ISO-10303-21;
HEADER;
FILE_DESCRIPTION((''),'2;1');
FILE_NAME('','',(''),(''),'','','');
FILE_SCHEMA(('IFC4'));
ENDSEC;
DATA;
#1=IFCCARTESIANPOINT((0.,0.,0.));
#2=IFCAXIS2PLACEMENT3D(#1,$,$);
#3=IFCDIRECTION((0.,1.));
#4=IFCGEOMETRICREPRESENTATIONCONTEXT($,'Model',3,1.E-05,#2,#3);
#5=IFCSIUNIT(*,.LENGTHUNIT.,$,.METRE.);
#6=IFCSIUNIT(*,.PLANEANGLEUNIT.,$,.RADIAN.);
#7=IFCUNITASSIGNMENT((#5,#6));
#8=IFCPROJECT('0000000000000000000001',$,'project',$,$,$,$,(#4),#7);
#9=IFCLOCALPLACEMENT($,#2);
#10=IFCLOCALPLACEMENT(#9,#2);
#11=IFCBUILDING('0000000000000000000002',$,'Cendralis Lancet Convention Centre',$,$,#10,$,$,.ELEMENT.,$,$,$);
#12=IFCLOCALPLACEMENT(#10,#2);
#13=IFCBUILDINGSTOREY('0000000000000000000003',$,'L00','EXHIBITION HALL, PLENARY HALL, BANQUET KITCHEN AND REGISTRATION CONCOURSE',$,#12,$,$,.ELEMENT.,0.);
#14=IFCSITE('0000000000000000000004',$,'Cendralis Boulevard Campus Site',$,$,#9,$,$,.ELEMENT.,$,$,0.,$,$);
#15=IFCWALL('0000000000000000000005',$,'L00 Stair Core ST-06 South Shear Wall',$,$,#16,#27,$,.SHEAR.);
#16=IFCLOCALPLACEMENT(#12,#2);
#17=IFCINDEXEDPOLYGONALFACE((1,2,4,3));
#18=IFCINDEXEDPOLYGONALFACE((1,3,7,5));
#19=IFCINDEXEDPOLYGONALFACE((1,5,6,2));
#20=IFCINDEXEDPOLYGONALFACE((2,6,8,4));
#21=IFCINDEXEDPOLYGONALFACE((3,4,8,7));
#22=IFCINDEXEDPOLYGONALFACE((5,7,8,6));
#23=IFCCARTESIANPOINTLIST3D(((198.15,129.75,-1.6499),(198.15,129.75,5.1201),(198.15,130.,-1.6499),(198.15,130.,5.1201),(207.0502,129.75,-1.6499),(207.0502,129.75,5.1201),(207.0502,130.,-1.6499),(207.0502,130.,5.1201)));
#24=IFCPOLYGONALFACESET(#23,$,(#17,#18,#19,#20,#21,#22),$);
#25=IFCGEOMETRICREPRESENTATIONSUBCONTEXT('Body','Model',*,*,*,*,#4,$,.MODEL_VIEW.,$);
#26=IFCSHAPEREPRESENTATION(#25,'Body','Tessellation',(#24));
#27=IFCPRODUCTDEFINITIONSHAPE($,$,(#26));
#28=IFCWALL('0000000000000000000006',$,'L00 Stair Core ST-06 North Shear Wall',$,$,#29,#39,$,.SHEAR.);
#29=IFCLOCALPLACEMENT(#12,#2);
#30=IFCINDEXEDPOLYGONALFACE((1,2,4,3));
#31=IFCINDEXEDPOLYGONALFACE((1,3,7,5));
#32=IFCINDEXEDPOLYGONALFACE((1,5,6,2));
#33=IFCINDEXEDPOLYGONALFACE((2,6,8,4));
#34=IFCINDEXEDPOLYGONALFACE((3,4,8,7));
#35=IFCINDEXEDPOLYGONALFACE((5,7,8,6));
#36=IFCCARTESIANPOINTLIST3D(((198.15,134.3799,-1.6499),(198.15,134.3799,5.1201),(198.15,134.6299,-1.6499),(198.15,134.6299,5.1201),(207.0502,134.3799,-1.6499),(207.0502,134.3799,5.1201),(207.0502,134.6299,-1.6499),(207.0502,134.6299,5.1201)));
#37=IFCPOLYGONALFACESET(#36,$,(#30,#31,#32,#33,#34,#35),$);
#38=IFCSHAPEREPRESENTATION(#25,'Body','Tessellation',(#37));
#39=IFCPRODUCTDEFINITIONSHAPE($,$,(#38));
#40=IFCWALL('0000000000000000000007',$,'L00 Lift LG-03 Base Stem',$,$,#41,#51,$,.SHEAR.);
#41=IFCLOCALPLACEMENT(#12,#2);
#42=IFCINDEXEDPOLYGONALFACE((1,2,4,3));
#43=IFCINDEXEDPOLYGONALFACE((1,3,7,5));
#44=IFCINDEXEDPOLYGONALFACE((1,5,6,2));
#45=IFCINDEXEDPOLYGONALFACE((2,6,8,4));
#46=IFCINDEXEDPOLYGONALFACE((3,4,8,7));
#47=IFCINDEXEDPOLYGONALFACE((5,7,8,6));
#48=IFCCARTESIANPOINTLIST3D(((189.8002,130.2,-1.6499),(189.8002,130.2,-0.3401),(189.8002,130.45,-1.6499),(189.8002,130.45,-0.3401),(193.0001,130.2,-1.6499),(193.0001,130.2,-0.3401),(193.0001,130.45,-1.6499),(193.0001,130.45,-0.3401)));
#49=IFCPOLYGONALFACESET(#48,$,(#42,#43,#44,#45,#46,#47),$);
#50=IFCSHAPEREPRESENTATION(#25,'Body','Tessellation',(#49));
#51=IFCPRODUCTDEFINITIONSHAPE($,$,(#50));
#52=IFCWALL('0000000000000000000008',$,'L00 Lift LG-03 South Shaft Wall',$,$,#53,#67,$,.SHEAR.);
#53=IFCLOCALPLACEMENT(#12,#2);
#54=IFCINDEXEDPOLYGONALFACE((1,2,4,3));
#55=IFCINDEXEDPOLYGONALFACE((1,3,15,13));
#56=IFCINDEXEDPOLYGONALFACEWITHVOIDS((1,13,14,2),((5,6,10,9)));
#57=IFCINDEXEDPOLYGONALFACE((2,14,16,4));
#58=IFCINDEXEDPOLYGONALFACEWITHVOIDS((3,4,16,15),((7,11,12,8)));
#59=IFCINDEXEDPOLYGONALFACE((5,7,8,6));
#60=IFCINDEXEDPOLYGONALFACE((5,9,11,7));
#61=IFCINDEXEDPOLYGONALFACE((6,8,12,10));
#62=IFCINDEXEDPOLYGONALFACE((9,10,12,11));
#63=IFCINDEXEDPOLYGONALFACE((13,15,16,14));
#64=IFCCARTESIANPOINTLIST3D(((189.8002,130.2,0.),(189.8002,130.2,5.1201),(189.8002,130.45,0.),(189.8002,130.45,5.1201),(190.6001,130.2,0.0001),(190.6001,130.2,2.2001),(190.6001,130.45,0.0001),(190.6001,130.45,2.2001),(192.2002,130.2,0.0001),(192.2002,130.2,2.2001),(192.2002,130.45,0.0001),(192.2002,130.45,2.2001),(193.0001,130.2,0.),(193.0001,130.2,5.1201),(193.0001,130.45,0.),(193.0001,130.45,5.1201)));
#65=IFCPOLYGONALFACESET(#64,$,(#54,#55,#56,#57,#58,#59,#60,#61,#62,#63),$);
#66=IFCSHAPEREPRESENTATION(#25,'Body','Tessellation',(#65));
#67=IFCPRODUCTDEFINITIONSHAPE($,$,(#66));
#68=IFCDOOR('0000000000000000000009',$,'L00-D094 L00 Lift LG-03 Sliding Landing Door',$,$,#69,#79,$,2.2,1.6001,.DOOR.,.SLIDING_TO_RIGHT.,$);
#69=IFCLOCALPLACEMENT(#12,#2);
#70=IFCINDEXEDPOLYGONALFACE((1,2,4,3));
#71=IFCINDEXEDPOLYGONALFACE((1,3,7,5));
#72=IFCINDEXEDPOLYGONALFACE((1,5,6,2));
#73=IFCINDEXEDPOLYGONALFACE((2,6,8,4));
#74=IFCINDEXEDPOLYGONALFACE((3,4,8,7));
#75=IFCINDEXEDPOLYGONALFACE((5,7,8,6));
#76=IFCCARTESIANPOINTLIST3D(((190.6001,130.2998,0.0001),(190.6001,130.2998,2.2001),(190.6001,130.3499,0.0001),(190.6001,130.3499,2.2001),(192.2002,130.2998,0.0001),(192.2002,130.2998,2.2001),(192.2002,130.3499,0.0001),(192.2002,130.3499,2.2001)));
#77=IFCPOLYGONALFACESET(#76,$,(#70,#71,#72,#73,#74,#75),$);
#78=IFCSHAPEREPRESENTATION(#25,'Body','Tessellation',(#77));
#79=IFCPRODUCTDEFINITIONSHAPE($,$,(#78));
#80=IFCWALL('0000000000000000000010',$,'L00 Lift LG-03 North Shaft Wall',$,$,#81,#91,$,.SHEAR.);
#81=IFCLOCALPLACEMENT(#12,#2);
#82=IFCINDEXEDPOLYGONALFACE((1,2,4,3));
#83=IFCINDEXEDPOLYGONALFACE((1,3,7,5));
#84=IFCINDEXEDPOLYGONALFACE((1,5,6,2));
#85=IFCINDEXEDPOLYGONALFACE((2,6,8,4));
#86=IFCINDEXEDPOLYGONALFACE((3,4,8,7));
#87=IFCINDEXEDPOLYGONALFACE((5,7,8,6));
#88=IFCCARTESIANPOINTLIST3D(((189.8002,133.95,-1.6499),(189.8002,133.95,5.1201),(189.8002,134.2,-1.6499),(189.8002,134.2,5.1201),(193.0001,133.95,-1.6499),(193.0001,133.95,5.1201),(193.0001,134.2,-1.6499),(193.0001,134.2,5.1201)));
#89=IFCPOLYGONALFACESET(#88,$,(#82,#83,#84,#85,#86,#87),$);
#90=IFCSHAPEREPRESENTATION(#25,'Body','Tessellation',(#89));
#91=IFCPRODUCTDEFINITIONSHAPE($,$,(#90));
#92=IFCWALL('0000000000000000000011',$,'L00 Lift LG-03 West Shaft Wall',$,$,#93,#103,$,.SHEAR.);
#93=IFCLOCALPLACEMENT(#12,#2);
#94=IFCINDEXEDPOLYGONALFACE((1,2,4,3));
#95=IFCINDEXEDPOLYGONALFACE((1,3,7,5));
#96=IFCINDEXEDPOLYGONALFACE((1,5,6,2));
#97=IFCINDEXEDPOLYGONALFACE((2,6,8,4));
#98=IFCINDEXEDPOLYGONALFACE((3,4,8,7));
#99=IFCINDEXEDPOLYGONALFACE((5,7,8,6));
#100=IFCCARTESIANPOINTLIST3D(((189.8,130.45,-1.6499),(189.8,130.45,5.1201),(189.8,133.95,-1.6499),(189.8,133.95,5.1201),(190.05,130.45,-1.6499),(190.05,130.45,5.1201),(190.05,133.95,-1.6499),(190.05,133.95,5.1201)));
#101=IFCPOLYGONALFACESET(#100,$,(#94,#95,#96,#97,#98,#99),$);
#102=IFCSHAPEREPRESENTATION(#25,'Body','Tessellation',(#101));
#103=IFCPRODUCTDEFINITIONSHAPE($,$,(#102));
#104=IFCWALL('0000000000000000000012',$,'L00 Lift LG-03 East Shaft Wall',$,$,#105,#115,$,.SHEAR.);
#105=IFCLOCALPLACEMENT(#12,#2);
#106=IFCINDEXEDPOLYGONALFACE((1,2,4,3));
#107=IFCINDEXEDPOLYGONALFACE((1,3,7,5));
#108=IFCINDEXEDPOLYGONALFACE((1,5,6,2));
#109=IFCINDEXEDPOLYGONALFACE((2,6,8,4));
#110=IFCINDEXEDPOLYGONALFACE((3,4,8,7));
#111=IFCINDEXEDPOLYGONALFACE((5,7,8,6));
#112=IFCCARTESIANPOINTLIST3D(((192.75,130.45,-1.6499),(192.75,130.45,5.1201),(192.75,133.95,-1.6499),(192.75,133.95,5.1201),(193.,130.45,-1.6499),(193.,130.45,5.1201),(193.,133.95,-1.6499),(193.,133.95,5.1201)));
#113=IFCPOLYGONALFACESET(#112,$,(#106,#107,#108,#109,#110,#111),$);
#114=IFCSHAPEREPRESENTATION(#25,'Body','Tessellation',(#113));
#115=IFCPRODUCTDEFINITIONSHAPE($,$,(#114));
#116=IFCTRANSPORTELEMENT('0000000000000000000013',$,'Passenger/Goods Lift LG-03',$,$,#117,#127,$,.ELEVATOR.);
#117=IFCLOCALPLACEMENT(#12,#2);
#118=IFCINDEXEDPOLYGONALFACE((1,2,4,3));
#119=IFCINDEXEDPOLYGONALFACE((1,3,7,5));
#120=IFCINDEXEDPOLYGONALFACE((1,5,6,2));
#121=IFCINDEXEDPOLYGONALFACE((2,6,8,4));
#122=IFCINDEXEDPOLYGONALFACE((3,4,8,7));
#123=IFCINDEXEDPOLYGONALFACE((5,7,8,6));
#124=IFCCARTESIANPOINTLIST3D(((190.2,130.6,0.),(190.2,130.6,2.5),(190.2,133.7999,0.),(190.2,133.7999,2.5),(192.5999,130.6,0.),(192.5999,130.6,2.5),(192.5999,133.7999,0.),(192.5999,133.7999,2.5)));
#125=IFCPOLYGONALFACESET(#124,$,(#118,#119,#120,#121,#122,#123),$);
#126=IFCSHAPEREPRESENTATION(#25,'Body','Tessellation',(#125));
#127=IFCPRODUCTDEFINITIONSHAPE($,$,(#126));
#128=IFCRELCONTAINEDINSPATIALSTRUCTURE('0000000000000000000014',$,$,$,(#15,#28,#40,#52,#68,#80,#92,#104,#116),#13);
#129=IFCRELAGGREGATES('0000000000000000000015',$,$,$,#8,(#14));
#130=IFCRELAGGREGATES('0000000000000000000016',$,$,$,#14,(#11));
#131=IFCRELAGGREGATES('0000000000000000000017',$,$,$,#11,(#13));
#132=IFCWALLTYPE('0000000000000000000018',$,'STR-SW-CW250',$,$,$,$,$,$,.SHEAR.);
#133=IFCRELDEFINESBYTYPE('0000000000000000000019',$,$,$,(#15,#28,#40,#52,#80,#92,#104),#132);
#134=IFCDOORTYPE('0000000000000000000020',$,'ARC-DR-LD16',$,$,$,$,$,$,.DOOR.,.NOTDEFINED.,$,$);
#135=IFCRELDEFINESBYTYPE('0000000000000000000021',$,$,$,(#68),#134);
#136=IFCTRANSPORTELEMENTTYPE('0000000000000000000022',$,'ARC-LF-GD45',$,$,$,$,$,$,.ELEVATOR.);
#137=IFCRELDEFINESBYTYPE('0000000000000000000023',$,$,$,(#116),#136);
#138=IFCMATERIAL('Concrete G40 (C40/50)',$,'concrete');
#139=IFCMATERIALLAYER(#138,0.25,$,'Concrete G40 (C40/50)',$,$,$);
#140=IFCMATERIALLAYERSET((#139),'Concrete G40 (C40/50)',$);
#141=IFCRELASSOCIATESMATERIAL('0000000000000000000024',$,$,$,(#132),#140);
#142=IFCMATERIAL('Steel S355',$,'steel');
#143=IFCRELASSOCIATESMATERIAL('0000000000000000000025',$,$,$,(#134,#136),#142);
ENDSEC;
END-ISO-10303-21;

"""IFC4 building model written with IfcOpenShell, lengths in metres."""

from ifc_helpers import new_model, si_unit, direction, frame, frame_2d, origin, origin_2d, place, context, subcontext, project, spatial, rectangle, extrude, material, layer, layer_set, type_object, element, fill, save


model = new_model("IFC4")

# Units and contexts
model_context = context("Model", 3, precision=1e-05, world=origin(), true_north=direction((0.0, 1.0)))
body_context = subcontext(model_context, "Body", "Model", "MODEL_VIEW")
ifc_project = project(units=[si_unit("LENGTHUNIT", "METRE"), si_unit("PLANEANGLEUNIT", "RADIAN")], contexts=[model_context])

# Site, building, storey
site_placement = place(None, origin())
site = spatial("IfcSite", under=ifc_project, at=site_placement, Name="Cendralis Boulevard Campus Site", CompositionType="ELEMENT", RefElevation=0.0)
building_placement = place(site_placement, origin())
building = spatial("IfcBuilding", under=site, at=building_placement, Name="Cendralis Lancet Convention Centre", CompositionType="ELEMENT")
storey_placement = place(building_placement, origin())
storey = spatial("IfcBuildingStorey", under=building, at=storey_placement, Name="L00", Description="EXHIBITION HALL, PLENARY HALL, BANQUET KITCHEN AND REGISTRATION CONCOURSE", CompositionType="ELEMENT", Elevation=0.0)

# Shared definitions
ifc_material_1 = material(Name="Concrete G40 (C40/50)", Category="concrete")

# Shared definitions
ifc_material_2 = material(Name="Steel S355", Category="steel")

# Shared definitions
ifc_layer_1 = layer(ifc_material_1, 0.25, Name="Concrete G40 (C40/50)")
ifc_layer_set_1 = layer_set([ifc_layer_1], Name="Concrete G40 (C40/50)")
wall_type_1 = type_object("IfcWallType", Name="STR-SW-CW250", PredefinedType="SHEAR", material=ifc_layer_set_1)

# Walls
for number, where, z_axis, x_axis, name in (
    (1, (198.1499, 129.875, -1.6499), (0.0, 0.0, 1.0), (1.0, 0.0, 0.0), "L00 Stair Core ST-06 South Shear Wall"),
    (2, (198.1499, 134.5049, -1.6499), (0.0, 0.0, 1.0), (1.0, 0.0, 0.0), "L00 Stair Core ST-06 North Shear Wall"),
):
    element("IfcWall", number, at=place(storey_placement, frame(where, z_axis=z_axis, x_axis=x_axis)), inside=storey, type_object=wall_type_1, Name=name, PredefinedType="SHEAR", context=body_context, shape_type="SweptSolid", body=[
        extrude(rectangle(XDim=8.9001, YDim=0.25, at=frame_2d((4.4502, 0.0))), origin(), (0.0, 0.0, 1.0), 6.77),
    ])
wall_1_placement = place(storey_placement, frame((189.8, 130.325, -1.6499), z_axis=(0.0, 0.0, 1.0), x_axis=(1.0, 0.0, 0.0)))
element("IfcWall", 3, at=wall_1_placement, inside=storey, type_object=wall_type_1, Name="L00 Lift LG-03 Base Stem", PredefinedType="SHEAR", context=body_context, shape_type="SweptSolid", body=[
    extrude(rectangle(XDim=3.2, YDim=0.25, at=frame_2d((1.6001, 0.0))), origin(), (0.0, 0.0, 1.0), 1.3098),
])

# Wall, opening, door
wall_2_placement = place(storey_placement, frame((189.8, 130.325, 0.0), z_axis=(0.0, 0.0, 1.0), x_axis=(1.0, 0.0, 0.0)))
wall_2 = element("IfcWall", 4, at=wall_2_placement, inside=storey, type_object=wall_type_1, Name="L00 Lift LG-03 South Shaft Wall", PredefinedType="SHEAR", context=body_context, shape_type="SweptSolid", body=[
    extrude(rectangle(XDim=3.2, YDim=0.25, at=frame_2d((1.6001, 0.0))), origin(), (0.0, 0.0, 1.0), 5.1201),
])
opening_1_placement = place(wall_2_placement, frame((0.8, 0.0, 0.0)))
opening_1 = element("IfcOpeningElement", 5, at=opening_1_placement, cuts=wall_2, PredefinedType="OPENING", context=body_context, shape_type="SweptSolid", body=[
    extrude(rectangle(XDim=1.6001, YDim=2.2, at=frame_2d((0.8, 1.1001))), frame((0.0, 0.135, 0.0), z_axis=(0.0, -1.0, 0.0), x_axis=(1.0, 0.0, 0.0)), (0.0, 0.0, 1.0), 0.27),
])
door_type_1 = type_object("IfcDoorType", Name="ARC-DR-LD16", OperationType="NOTDEFINED", PredefinedType="DOOR", material=ifc_material_2)
door_1_placement = place(opening_1_placement, origin())
door_1 = element("IfcDoor", 6, at=door_1_placement, inside=storey, type_object=door_type_1, Name="L00-D094 L00 Lift LG-03 Sliding Landing Door", OperationType="SLIDING_TO_RIGHT", OverallHeight=2.2, OverallWidth=1.6001, PredefinedType="DOOR", context=body_context, shape_type="SweptSolid", body=[
    extrude(rectangle(XDim=1.6001, YDim=2.2, at=frame_2d((0.8, 1.1001))), frame((0.0, 0.0249, 0.0), z_axis=(0.0, -1.0, 0.0), x_axis=(1.0, 0.0, 0.0)), (0.0, 0.0, 1.0), 0.05),
])
fill(opening_1, door_1)

# Walls
wall_3_placement = place(storey_placement, frame((189.8, 134.075, -1.6499), z_axis=(0.0, 0.0, 1.0), x_axis=(1.0, 0.0, 0.0)))
element("IfcWall", 7, at=wall_3_placement, inside=storey, type_object=wall_type_1, Name="L00 Lift LG-03 North Shaft Wall", PredefinedType="SHEAR", context=body_context, shape_type="SweptSolid", body=[
    extrude(rectangle(XDim=3.2, YDim=0.25, at=frame_2d((1.6001, 0.0))), origin(), (0.0, 0.0, 1.0), 6.77),
])
for number, where, z_axis, x_axis, name in (
    (8, (189.925, 130.45, -1.6499), (0.0, 0.0, 1.0), (0.0, 1.0, 0.0), "L00 Lift LG-03 West Shaft Wall"),
    (9, (192.875, 130.45, -1.6499), (0.0, 0.0, 1.0), (0.0, 1.0, 0.0), "L00 Lift LG-03 East Shaft Wall"),
):
    element("IfcWall", number, at=place(storey_placement, frame(where, z_axis=z_axis, x_axis=x_axis)), inside=storey, type_object=wall_type_1, Name=name, PredefinedType="SHEAR", context=body_context, shape_type="SweptSolid", body=[
        extrude(rectangle(XDim=3.5, YDim=0.25, at=frame_2d((1.75, 0.0))), origin(), (0.0, 0.0, 1.0), 6.77),
    ])

# Transport element
transport_element_type = type_object("IfcTransportElementType", Name="ARC-LF-GD45", PredefinedType="ELEVATOR", material=ifc_material_2)
transport_element_placement = place(storey_placement, frame((191.3999, 132.2, 0.0), z_axis=(0.0, 0.0, 1.0), x_axis=(1.0, 0.0, 0.0)))
element("IfcTransportElement", 10, at=transport_element_placement, inside=storey, type_object=transport_element_type, Name="Passenger/Goods Lift LG-03", PredefinedType="ELEVATOR", context=body_context, shape_type="SweptSolid", body=[
    extrude(rectangle(XDim=2.3999, YDim=3.2, at=origin_2d()), origin(), (0.0, 0.0, 1.0), 2.5),
])

save(model, "model.ifc")
